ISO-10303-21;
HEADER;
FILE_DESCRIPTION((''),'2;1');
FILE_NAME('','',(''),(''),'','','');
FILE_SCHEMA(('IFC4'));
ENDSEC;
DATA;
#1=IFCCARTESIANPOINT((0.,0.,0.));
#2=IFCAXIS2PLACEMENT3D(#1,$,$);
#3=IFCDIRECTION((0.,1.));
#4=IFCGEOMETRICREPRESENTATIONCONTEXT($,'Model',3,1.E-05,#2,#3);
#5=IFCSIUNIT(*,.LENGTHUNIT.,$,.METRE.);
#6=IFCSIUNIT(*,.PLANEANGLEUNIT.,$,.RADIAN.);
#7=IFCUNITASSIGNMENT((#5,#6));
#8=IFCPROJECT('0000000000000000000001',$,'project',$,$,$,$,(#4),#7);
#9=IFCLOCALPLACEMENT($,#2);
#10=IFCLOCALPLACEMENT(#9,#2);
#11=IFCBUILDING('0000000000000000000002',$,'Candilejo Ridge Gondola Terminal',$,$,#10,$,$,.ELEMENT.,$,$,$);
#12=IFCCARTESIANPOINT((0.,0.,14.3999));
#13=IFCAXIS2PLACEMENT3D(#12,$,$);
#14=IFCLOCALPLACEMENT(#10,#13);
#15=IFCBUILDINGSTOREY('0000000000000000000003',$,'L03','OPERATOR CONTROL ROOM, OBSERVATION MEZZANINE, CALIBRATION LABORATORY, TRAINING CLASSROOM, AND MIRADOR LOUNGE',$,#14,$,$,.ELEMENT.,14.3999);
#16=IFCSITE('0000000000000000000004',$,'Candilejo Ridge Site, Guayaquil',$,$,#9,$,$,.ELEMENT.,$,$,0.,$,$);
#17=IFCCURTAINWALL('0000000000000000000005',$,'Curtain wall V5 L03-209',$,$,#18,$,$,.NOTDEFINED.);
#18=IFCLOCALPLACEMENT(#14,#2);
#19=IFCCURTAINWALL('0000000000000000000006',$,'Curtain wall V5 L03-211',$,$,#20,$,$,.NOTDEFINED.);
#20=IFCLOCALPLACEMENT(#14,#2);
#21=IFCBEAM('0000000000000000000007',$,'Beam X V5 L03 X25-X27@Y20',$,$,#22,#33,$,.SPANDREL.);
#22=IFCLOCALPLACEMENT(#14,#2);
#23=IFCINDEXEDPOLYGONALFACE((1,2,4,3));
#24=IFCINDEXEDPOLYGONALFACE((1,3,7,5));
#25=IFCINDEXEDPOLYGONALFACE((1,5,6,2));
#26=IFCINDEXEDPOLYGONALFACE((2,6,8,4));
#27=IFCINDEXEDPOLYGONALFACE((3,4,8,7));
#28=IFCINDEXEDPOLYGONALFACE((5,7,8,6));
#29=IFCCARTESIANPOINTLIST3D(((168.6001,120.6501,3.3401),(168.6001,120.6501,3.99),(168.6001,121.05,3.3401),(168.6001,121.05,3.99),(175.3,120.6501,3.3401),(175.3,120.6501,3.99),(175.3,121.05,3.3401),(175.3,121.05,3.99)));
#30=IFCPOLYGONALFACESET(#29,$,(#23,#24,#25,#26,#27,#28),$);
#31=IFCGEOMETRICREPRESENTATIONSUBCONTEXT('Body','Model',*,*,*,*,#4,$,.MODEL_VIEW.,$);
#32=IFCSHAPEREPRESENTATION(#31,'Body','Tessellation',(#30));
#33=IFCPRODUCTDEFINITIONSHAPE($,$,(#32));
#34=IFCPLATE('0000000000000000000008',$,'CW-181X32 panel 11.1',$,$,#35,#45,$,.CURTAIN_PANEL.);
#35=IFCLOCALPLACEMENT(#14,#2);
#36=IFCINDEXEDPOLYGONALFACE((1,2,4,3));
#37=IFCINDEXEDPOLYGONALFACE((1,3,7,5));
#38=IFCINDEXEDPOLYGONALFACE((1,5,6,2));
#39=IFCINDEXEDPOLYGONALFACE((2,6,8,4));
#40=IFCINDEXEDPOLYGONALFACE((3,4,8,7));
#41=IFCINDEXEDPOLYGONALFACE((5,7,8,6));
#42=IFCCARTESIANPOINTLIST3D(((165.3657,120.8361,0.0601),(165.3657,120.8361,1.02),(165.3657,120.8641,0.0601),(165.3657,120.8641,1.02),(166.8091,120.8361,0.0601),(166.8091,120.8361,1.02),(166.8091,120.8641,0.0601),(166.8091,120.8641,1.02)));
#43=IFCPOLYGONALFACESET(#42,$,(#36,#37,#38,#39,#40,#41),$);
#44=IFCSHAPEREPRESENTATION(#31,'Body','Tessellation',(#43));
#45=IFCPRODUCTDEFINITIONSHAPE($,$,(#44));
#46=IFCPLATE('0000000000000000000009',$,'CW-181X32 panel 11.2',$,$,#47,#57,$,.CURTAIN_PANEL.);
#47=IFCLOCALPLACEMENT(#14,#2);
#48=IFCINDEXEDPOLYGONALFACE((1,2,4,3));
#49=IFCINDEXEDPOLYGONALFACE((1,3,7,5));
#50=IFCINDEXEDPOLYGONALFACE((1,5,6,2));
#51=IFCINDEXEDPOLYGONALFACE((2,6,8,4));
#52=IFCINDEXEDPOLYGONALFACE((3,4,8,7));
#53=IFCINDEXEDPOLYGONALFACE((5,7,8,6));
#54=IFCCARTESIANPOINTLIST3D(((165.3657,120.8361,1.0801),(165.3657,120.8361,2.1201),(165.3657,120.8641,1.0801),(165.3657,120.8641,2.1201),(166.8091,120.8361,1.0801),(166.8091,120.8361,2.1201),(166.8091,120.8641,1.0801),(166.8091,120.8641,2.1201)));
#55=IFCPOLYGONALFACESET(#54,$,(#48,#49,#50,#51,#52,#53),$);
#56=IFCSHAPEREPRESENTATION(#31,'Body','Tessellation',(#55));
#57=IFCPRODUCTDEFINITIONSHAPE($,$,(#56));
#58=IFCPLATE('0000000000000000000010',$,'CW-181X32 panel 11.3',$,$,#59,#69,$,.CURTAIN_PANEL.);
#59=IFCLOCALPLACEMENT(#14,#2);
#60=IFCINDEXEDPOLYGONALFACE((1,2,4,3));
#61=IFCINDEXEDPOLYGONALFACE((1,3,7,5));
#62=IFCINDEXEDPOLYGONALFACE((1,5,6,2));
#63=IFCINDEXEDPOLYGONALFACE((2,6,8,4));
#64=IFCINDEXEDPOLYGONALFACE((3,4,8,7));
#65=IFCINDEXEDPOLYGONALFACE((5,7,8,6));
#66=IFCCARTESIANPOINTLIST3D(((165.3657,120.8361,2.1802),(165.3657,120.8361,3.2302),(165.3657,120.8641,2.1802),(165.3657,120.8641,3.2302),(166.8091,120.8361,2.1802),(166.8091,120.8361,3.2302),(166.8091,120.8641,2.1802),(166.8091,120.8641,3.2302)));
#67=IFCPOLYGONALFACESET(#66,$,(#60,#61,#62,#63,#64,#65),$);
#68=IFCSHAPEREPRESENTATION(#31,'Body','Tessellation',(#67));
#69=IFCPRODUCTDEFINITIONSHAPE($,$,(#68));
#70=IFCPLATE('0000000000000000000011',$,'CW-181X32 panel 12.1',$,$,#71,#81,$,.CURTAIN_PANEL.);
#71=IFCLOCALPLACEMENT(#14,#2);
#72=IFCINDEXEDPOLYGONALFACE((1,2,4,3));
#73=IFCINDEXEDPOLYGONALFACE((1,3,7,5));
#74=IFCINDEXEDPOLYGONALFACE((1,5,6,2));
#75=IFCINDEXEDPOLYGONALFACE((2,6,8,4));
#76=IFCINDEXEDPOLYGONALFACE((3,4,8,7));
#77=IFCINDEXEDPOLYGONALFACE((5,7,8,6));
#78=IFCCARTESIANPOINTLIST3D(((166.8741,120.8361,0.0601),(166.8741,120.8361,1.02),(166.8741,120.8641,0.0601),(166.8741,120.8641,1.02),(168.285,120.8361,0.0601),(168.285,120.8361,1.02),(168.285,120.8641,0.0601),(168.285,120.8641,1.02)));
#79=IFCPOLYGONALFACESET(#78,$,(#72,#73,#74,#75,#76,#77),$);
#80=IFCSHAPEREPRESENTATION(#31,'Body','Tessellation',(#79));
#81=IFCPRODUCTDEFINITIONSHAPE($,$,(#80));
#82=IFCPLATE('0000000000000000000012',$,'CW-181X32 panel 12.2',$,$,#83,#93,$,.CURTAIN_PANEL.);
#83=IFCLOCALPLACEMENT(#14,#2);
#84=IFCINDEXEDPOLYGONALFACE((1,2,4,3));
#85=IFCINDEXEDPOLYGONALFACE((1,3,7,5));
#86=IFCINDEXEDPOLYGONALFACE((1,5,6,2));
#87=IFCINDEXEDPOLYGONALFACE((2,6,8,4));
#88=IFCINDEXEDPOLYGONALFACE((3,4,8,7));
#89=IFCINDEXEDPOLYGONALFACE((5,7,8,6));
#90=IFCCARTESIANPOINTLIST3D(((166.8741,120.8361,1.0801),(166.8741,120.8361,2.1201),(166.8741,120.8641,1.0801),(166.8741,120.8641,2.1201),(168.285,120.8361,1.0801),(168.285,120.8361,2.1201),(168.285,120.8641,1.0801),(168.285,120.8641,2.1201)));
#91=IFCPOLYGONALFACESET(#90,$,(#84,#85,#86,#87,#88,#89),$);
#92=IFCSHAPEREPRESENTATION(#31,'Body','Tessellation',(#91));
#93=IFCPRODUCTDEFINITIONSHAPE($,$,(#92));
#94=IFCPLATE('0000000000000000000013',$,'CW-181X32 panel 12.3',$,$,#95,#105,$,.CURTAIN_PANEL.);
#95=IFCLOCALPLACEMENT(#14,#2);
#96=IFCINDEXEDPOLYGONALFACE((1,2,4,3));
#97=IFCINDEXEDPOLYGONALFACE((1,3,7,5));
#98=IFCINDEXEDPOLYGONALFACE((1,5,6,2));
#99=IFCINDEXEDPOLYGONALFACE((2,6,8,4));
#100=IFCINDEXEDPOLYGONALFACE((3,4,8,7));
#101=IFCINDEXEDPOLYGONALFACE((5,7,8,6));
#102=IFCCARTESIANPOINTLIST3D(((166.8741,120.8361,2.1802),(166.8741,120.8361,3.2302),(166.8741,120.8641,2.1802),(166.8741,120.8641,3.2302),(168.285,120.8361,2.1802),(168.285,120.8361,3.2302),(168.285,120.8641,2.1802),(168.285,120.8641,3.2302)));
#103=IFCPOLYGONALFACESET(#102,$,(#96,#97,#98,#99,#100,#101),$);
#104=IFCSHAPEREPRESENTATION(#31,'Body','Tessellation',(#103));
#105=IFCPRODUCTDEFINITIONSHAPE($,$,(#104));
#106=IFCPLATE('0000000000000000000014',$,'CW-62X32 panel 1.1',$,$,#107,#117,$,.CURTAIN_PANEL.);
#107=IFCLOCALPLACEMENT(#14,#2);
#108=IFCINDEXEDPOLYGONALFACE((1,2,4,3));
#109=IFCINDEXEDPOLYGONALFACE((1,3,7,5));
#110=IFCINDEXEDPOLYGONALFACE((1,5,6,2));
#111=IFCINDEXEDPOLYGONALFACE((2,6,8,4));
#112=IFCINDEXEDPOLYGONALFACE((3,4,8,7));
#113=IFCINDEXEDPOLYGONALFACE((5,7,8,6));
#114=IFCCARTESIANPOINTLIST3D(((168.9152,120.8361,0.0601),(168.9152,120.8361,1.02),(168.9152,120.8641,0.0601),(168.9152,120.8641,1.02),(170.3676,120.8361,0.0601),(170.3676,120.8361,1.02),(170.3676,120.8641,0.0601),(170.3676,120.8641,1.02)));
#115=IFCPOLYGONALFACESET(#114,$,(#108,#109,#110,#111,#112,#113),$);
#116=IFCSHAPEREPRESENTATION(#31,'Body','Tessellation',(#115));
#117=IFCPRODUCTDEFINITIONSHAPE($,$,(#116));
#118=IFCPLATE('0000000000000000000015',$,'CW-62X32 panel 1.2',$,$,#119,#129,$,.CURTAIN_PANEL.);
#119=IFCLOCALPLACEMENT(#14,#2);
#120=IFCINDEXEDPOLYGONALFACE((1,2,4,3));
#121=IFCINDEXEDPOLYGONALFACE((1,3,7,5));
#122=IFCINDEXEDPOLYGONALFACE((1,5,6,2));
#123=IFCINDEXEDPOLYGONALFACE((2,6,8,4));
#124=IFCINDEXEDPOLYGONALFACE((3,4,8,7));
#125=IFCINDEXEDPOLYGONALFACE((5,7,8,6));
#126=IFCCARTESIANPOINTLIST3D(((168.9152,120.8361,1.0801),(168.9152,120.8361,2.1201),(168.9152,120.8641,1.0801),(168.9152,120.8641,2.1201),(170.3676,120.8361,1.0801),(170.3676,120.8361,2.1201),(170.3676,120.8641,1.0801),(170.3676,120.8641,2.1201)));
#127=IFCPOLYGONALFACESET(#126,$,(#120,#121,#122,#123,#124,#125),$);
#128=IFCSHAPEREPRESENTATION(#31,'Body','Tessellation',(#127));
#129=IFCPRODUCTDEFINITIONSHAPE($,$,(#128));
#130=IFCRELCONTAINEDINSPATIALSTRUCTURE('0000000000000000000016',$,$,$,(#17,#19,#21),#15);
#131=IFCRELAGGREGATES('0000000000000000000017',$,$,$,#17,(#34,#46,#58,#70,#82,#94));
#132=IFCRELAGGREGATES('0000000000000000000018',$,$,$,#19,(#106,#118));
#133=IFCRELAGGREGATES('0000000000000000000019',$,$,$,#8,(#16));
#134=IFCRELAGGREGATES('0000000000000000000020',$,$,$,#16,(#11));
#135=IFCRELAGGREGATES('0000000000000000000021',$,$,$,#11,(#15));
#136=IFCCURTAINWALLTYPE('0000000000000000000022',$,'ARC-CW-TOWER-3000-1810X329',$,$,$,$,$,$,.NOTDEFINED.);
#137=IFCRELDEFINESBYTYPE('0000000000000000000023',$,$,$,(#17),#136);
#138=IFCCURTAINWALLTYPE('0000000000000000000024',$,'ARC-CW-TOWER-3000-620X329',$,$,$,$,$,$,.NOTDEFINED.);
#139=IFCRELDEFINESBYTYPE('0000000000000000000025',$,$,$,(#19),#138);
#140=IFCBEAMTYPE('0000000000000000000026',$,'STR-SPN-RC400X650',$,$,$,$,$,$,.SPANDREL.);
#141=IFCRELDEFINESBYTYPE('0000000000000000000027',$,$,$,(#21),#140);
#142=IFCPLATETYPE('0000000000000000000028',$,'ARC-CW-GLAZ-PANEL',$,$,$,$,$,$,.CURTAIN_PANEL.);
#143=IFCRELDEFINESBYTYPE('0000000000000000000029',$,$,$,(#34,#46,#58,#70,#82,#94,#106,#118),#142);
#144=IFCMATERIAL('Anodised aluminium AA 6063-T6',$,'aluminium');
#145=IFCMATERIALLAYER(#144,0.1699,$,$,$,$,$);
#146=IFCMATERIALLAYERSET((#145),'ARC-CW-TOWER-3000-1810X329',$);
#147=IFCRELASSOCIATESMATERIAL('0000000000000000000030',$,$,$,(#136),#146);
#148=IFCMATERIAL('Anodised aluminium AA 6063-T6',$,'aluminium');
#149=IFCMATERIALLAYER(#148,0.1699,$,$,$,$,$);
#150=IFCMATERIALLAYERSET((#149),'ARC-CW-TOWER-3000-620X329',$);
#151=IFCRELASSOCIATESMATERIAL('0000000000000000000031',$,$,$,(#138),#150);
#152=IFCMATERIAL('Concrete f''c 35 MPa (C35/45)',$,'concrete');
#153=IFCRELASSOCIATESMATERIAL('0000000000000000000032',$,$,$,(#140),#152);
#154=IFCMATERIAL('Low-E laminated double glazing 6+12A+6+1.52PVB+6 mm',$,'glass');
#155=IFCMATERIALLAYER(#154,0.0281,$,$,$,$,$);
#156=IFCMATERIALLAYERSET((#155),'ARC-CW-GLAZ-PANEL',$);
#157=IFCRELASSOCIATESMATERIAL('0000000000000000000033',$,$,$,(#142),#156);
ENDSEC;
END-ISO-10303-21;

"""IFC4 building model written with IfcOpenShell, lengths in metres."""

from ifc_helpers import new_model, si_unit, direction, frame, origin, origin_2d, place, context, subcontext, project, spatial, rectangle, extrude, material, layer, layer_set, material_profile, profile_set, type_object, element, aggregate, save


model = new_model("IFC4")

# Units and contexts
model_context = context("Model", 3, precision=1e-05, world=origin(), true_north=direction((0.0, 1.0)))
body_context = subcontext(model_context, "Body", "Model", "MODEL_VIEW")
ifc_project = project(units=[si_unit("LENGTHUNIT", "METRE"), si_unit("PLANEANGLEUNIT", "RADIAN")], contexts=[model_context])

# Site, building, storey
site_placement = place(None, origin())
site = spatial("IfcSite", under=ifc_project, at=site_placement, Name="Candilejo Ridge Site, Guayaquil", CompositionType="ELEMENT", RefElevation=0.0)
building_placement = place(site_placement, origin())
building = spatial("IfcBuilding", under=site, at=building_placement, Name="Candilejo Ridge Gondola Terminal", CompositionType="ELEMENT")
storey_placement = place(building_placement, frame((0.0, 0.0, 14.3999)))
storey = spatial("IfcBuildingStorey", under=building, at=storey_placement, Name="L03", Description="OPERATOR CONTROL ROOM, OBSERVATION MEZZANINE, CALIBRATION LABORATORY, TRAINING CLASSROOM, AND MIRADOR LOUNGE", CompositionType="ELEMENT", Elevation=14.3999)

# Curtain wall
ifc_material_1 = material(Name="Anodised aluminium AA 6063-T6", Category="aluminium")
ifc_layer_1 = layer(ifc_material_1, 0.1699)
ifc_layer_set_1 = layer_set([ifc_layer_1], Name="ARC-CW-TOWER-3000-1810X329")
curtain_wall_type_1 = type_object("IfcCurtainWallType", Name="ARC-CW-TOWER-3000-1810X329", PredefinedType="NOTDEFINED", material=ifc_layer_set_1)
curtain_wall_1_placement = place(storey_placement, origin())
curtain_wall_1 = element("IfcCurtainWall", 1, at=curtain_wall_1_placement, inside=storey, type_object=curtain_wall_type_1, Name="Curtain wall V5 L03-209", PredefinedType="NOTDEFINED")

# Curtain wall
ifc_material_2 = material(Name="Anodised aluminium AA 6063-T6", Category="aluminium")
ifc_layer_2 = layer(ifc_material_2, 0.1699)
ifc_layer_set_2 = layer_set([ifc_layer_2], Name="ARC-CW-TOWER-3000-620X329")
curtain_wall_type_2 = type_object("IfcCurtainWallType", Name="ARC-CW-TOWER-3000-620X329", PredefinedType="NOTDEFINED", material=ifc_layer_set_2)
curtain_wall_2_placement = place(storey_placement, origin())
curtain_wall_2 = element("IfcCurtainWall", 2, at=curtain_wall_2_placement, inside=storey, type_object=curtain_wall_type_2, Name="Curtain wall V5 L03-211", PredefinedType="NOTDEFINED")

# Beam
ifc_material_3 = material(Name="Concrete f'c 35 MPa (C35/45)", Category="concrete")
ifc_material_profile_1 = material_profile(ifc_material_3, rectangle(XDim=0.3999, YDim=0.6499, at=origin_2d()))
ifc_profile_set_1 = profile_set([ifc_material_profile_1], Name="Concrete f'c 35 MPa (C35/45)")
beam_type_1 = type_object("IfcBeamType", Name="STR-SPN-RC400X650", PredefinedType="SPANDREL", material=ifc_profile_set_1)
beam_1_placement = place(storey_placement, frame((168.6001, 120.8501, 3.665), z_axis=(1.0, 0.0, 0.0), x_axis=(0.0, 1.0, 0.0)))
element("IfcBeam", 3, at=beam_1_placement, inside=storey, type_object=beam_type_1, Name="Beam X V5 L03 X25-X27@Y20", PredefinedType="SPANDREL", context=body_context, shape_type="SweptSolid", body=[
    extrude(rectangle(XDim=0.3999, YDim=0.6499, at=origin_2d()), origin(), (0.0, 0.0, 1.0), 6.7),
])

# Plates
ifc_material_4 = material(Name="Low-E laminated double glazing 6+12A+6+1.52PVB+6 mm", Category="glass")
ifc_layer_3 = layer(ifc_material_4, 0.0281)
ifc_layer_set_3 = layer_set([ifc_layer_3], Name="ARC-CW-GLAZ-PANEL")
plate_type = type_object("IfcPlateType", Name="ARC-CW-GLAZ-PANEL", PredefinedType="CURTAIN_PANEL", material=ifc_layer_set_3)
plate_1_placement = place(storey_placement, frame((166.0874, 120.8501, 0.0601), z_axis=(0.0, 0.0, 1.0), x_axis=(1.0, 0.0, 0.0)))
plate_1 = element("IfcPlate", 4, at=plate_1_placement, type_object=plate_type, Name="CW-181X32 panel 11.1", PredefinedType="CURTAIN_PANEL", context=body_context, shape_type="SweptSolid", body=[
    extrude(rectangle(XDim=1.4434, YDim=0.0281, at=origin_2d()), origin(), (0.0, 0.0, 1.0), 0.96),
])
plate_2_placement = place(storey_placement, frame((166.0874, 120.8501, 1.0801), z_axis=(0.0, 0.0, 1.0), x_axis=(1.0, 0.0, 0.0)))
plate_2 = element("IfcPlate", 5, at=plate_2_placement, type_object=plate_type, Name="CW-181X32 panel 11.2", PredefinedType="CURTAIN_PANEL", context=body_context, shape_type="SweptSolid", body=[
    extrude(rectangle(XDim=1.4434, YDim=0.0281, at=origin_2d()), origin(), (0.0, 0.0, 1.0), 1.04),
])
plate_3_placement = place(storey_placement, frame((166.0874, 120.8501, 2.1802), z_axis=(0.0, 0.0, 1.0), x_axis=(1.0, 0.0, 0.0)))
plate_3 = element("IfcPlate", 6, at=plate_3_placement, type_object=plate_type, Name="CW-181X32 panel 11.3", PredefinedType="CURTAIN_PANEL", context=body_context, shape_type="SweptSolid", body=[
    extrude(rectangle(XDim=1.4434, YDim=0.0281, at=origin_2d()), origin(), (0.0, 0.0, 1.0), 1.05),
])
plate_4_placement = place(storey_placement, frame((167.5796, 120.8501, 0.0601), z_axis=(0.0, 0.0, 1.0), x_axis=(1.0, 0.0, 0.0)))
plate_4 = element("IfcPlate", 7, at=plate_4_placement, type_object=plate_type, Name="CW-181X32 panel 12.1", PredefinedType="CURTAIN_PANEL", context=body_context, shape_type="SweptSolid", body=[
    extrude(rectangle(XDim=1.4109, YDim=0.0281, at=origin_2d()), origin(), (0.0, 0.0, 1.0), 0.96),
])
plate_5_placement = place(storey_placement, frame((167.5796, 120.8501, 1.0801), z_axis=(0.0, 0.0, 1.0), x_axis=(1.0, 0.0, 0.0)))
plate_5 = element("IfcPlate", 8, at=plate_5_placement, type_object=plate_type, Name="CW-181X32 panel 12.2", PredefinedType="CURTAIN_PANEL", context=body_context, shape_type="SweptSolid", body=[
    extrude(rectangle(XDim=1.4109, YDim=0.0281, at=origin_2d()), origin(), (0.0, 0.0, 1.0), 1.04),
])
plate_6_placement = place(storey_placement, frame((167.5796, 120.8501, 2.1802), z_axis=(0.0, 0.0, 1.0), x_axis=(1.0, 0.0, 0.0)))
plate_6 = element("IfcPlate", 9, at=plate_6_placement, type_object=plate_type, Name="CW-181X32 panel 12.3", PredefinedType="CURTAIN_PANEL", context=body_context, shape_type="SweptSolid", body=[
    extrude(rectangle(XDim=1.4109, YDim=0.0281, at=origin_2d()), origin(), (0.0, 0.0, 1.0), 1.05),
])
aggregate(curtain_wall_1, [plate_1, plate_2, plate_3, plate_4, plate_5, plate_6])
plate_7_placement = place(storey_placement, frame((169.6414, 120.8501, 0.0601), z_axis=(0.0, 0.0, 1.0), x_axis=(1.0, 0.0, 0.0)))
plate_7 = element("IfcPlate", 10, at=plate_7_placement, type_object=plate_type, Name="CW-62X32 panel 1.1", PredefinedType="CURTAIN_PANEL", context=body_context, shape_type="SweptSolid", body=[
    extrude(rectangle(XDim=1.4524, YDim=0.0281, at=origin_2d()), origin(), (0.0, 0.0, 1.0), 0.96),
])
plate_8_placement = place(storey_placement, frame((169.6414, 120.8501, 1.0801), z_axis=(0.0, 0.0, 1.0), x_axis=(1.0, 0.0, 0.0)))
plate_8 = element("IfcPlate", 11, at=plate_8_placement, type_object=plate_type, Name="CW-62X32 panel 1.2", PredefinedType="CURTAIN_PANEL", context=body_context, shape_type="SweptSolid", body=[
    extrude(rectangle(XDim=1.4524, YDim=0.0281, at=origin_2d()), origin(), (0.0, 0.0, 1.0), 1.04),
])
aggregate(curtain_wall_2, [plate_7, plate_8])

save(model, "model.ifc")
